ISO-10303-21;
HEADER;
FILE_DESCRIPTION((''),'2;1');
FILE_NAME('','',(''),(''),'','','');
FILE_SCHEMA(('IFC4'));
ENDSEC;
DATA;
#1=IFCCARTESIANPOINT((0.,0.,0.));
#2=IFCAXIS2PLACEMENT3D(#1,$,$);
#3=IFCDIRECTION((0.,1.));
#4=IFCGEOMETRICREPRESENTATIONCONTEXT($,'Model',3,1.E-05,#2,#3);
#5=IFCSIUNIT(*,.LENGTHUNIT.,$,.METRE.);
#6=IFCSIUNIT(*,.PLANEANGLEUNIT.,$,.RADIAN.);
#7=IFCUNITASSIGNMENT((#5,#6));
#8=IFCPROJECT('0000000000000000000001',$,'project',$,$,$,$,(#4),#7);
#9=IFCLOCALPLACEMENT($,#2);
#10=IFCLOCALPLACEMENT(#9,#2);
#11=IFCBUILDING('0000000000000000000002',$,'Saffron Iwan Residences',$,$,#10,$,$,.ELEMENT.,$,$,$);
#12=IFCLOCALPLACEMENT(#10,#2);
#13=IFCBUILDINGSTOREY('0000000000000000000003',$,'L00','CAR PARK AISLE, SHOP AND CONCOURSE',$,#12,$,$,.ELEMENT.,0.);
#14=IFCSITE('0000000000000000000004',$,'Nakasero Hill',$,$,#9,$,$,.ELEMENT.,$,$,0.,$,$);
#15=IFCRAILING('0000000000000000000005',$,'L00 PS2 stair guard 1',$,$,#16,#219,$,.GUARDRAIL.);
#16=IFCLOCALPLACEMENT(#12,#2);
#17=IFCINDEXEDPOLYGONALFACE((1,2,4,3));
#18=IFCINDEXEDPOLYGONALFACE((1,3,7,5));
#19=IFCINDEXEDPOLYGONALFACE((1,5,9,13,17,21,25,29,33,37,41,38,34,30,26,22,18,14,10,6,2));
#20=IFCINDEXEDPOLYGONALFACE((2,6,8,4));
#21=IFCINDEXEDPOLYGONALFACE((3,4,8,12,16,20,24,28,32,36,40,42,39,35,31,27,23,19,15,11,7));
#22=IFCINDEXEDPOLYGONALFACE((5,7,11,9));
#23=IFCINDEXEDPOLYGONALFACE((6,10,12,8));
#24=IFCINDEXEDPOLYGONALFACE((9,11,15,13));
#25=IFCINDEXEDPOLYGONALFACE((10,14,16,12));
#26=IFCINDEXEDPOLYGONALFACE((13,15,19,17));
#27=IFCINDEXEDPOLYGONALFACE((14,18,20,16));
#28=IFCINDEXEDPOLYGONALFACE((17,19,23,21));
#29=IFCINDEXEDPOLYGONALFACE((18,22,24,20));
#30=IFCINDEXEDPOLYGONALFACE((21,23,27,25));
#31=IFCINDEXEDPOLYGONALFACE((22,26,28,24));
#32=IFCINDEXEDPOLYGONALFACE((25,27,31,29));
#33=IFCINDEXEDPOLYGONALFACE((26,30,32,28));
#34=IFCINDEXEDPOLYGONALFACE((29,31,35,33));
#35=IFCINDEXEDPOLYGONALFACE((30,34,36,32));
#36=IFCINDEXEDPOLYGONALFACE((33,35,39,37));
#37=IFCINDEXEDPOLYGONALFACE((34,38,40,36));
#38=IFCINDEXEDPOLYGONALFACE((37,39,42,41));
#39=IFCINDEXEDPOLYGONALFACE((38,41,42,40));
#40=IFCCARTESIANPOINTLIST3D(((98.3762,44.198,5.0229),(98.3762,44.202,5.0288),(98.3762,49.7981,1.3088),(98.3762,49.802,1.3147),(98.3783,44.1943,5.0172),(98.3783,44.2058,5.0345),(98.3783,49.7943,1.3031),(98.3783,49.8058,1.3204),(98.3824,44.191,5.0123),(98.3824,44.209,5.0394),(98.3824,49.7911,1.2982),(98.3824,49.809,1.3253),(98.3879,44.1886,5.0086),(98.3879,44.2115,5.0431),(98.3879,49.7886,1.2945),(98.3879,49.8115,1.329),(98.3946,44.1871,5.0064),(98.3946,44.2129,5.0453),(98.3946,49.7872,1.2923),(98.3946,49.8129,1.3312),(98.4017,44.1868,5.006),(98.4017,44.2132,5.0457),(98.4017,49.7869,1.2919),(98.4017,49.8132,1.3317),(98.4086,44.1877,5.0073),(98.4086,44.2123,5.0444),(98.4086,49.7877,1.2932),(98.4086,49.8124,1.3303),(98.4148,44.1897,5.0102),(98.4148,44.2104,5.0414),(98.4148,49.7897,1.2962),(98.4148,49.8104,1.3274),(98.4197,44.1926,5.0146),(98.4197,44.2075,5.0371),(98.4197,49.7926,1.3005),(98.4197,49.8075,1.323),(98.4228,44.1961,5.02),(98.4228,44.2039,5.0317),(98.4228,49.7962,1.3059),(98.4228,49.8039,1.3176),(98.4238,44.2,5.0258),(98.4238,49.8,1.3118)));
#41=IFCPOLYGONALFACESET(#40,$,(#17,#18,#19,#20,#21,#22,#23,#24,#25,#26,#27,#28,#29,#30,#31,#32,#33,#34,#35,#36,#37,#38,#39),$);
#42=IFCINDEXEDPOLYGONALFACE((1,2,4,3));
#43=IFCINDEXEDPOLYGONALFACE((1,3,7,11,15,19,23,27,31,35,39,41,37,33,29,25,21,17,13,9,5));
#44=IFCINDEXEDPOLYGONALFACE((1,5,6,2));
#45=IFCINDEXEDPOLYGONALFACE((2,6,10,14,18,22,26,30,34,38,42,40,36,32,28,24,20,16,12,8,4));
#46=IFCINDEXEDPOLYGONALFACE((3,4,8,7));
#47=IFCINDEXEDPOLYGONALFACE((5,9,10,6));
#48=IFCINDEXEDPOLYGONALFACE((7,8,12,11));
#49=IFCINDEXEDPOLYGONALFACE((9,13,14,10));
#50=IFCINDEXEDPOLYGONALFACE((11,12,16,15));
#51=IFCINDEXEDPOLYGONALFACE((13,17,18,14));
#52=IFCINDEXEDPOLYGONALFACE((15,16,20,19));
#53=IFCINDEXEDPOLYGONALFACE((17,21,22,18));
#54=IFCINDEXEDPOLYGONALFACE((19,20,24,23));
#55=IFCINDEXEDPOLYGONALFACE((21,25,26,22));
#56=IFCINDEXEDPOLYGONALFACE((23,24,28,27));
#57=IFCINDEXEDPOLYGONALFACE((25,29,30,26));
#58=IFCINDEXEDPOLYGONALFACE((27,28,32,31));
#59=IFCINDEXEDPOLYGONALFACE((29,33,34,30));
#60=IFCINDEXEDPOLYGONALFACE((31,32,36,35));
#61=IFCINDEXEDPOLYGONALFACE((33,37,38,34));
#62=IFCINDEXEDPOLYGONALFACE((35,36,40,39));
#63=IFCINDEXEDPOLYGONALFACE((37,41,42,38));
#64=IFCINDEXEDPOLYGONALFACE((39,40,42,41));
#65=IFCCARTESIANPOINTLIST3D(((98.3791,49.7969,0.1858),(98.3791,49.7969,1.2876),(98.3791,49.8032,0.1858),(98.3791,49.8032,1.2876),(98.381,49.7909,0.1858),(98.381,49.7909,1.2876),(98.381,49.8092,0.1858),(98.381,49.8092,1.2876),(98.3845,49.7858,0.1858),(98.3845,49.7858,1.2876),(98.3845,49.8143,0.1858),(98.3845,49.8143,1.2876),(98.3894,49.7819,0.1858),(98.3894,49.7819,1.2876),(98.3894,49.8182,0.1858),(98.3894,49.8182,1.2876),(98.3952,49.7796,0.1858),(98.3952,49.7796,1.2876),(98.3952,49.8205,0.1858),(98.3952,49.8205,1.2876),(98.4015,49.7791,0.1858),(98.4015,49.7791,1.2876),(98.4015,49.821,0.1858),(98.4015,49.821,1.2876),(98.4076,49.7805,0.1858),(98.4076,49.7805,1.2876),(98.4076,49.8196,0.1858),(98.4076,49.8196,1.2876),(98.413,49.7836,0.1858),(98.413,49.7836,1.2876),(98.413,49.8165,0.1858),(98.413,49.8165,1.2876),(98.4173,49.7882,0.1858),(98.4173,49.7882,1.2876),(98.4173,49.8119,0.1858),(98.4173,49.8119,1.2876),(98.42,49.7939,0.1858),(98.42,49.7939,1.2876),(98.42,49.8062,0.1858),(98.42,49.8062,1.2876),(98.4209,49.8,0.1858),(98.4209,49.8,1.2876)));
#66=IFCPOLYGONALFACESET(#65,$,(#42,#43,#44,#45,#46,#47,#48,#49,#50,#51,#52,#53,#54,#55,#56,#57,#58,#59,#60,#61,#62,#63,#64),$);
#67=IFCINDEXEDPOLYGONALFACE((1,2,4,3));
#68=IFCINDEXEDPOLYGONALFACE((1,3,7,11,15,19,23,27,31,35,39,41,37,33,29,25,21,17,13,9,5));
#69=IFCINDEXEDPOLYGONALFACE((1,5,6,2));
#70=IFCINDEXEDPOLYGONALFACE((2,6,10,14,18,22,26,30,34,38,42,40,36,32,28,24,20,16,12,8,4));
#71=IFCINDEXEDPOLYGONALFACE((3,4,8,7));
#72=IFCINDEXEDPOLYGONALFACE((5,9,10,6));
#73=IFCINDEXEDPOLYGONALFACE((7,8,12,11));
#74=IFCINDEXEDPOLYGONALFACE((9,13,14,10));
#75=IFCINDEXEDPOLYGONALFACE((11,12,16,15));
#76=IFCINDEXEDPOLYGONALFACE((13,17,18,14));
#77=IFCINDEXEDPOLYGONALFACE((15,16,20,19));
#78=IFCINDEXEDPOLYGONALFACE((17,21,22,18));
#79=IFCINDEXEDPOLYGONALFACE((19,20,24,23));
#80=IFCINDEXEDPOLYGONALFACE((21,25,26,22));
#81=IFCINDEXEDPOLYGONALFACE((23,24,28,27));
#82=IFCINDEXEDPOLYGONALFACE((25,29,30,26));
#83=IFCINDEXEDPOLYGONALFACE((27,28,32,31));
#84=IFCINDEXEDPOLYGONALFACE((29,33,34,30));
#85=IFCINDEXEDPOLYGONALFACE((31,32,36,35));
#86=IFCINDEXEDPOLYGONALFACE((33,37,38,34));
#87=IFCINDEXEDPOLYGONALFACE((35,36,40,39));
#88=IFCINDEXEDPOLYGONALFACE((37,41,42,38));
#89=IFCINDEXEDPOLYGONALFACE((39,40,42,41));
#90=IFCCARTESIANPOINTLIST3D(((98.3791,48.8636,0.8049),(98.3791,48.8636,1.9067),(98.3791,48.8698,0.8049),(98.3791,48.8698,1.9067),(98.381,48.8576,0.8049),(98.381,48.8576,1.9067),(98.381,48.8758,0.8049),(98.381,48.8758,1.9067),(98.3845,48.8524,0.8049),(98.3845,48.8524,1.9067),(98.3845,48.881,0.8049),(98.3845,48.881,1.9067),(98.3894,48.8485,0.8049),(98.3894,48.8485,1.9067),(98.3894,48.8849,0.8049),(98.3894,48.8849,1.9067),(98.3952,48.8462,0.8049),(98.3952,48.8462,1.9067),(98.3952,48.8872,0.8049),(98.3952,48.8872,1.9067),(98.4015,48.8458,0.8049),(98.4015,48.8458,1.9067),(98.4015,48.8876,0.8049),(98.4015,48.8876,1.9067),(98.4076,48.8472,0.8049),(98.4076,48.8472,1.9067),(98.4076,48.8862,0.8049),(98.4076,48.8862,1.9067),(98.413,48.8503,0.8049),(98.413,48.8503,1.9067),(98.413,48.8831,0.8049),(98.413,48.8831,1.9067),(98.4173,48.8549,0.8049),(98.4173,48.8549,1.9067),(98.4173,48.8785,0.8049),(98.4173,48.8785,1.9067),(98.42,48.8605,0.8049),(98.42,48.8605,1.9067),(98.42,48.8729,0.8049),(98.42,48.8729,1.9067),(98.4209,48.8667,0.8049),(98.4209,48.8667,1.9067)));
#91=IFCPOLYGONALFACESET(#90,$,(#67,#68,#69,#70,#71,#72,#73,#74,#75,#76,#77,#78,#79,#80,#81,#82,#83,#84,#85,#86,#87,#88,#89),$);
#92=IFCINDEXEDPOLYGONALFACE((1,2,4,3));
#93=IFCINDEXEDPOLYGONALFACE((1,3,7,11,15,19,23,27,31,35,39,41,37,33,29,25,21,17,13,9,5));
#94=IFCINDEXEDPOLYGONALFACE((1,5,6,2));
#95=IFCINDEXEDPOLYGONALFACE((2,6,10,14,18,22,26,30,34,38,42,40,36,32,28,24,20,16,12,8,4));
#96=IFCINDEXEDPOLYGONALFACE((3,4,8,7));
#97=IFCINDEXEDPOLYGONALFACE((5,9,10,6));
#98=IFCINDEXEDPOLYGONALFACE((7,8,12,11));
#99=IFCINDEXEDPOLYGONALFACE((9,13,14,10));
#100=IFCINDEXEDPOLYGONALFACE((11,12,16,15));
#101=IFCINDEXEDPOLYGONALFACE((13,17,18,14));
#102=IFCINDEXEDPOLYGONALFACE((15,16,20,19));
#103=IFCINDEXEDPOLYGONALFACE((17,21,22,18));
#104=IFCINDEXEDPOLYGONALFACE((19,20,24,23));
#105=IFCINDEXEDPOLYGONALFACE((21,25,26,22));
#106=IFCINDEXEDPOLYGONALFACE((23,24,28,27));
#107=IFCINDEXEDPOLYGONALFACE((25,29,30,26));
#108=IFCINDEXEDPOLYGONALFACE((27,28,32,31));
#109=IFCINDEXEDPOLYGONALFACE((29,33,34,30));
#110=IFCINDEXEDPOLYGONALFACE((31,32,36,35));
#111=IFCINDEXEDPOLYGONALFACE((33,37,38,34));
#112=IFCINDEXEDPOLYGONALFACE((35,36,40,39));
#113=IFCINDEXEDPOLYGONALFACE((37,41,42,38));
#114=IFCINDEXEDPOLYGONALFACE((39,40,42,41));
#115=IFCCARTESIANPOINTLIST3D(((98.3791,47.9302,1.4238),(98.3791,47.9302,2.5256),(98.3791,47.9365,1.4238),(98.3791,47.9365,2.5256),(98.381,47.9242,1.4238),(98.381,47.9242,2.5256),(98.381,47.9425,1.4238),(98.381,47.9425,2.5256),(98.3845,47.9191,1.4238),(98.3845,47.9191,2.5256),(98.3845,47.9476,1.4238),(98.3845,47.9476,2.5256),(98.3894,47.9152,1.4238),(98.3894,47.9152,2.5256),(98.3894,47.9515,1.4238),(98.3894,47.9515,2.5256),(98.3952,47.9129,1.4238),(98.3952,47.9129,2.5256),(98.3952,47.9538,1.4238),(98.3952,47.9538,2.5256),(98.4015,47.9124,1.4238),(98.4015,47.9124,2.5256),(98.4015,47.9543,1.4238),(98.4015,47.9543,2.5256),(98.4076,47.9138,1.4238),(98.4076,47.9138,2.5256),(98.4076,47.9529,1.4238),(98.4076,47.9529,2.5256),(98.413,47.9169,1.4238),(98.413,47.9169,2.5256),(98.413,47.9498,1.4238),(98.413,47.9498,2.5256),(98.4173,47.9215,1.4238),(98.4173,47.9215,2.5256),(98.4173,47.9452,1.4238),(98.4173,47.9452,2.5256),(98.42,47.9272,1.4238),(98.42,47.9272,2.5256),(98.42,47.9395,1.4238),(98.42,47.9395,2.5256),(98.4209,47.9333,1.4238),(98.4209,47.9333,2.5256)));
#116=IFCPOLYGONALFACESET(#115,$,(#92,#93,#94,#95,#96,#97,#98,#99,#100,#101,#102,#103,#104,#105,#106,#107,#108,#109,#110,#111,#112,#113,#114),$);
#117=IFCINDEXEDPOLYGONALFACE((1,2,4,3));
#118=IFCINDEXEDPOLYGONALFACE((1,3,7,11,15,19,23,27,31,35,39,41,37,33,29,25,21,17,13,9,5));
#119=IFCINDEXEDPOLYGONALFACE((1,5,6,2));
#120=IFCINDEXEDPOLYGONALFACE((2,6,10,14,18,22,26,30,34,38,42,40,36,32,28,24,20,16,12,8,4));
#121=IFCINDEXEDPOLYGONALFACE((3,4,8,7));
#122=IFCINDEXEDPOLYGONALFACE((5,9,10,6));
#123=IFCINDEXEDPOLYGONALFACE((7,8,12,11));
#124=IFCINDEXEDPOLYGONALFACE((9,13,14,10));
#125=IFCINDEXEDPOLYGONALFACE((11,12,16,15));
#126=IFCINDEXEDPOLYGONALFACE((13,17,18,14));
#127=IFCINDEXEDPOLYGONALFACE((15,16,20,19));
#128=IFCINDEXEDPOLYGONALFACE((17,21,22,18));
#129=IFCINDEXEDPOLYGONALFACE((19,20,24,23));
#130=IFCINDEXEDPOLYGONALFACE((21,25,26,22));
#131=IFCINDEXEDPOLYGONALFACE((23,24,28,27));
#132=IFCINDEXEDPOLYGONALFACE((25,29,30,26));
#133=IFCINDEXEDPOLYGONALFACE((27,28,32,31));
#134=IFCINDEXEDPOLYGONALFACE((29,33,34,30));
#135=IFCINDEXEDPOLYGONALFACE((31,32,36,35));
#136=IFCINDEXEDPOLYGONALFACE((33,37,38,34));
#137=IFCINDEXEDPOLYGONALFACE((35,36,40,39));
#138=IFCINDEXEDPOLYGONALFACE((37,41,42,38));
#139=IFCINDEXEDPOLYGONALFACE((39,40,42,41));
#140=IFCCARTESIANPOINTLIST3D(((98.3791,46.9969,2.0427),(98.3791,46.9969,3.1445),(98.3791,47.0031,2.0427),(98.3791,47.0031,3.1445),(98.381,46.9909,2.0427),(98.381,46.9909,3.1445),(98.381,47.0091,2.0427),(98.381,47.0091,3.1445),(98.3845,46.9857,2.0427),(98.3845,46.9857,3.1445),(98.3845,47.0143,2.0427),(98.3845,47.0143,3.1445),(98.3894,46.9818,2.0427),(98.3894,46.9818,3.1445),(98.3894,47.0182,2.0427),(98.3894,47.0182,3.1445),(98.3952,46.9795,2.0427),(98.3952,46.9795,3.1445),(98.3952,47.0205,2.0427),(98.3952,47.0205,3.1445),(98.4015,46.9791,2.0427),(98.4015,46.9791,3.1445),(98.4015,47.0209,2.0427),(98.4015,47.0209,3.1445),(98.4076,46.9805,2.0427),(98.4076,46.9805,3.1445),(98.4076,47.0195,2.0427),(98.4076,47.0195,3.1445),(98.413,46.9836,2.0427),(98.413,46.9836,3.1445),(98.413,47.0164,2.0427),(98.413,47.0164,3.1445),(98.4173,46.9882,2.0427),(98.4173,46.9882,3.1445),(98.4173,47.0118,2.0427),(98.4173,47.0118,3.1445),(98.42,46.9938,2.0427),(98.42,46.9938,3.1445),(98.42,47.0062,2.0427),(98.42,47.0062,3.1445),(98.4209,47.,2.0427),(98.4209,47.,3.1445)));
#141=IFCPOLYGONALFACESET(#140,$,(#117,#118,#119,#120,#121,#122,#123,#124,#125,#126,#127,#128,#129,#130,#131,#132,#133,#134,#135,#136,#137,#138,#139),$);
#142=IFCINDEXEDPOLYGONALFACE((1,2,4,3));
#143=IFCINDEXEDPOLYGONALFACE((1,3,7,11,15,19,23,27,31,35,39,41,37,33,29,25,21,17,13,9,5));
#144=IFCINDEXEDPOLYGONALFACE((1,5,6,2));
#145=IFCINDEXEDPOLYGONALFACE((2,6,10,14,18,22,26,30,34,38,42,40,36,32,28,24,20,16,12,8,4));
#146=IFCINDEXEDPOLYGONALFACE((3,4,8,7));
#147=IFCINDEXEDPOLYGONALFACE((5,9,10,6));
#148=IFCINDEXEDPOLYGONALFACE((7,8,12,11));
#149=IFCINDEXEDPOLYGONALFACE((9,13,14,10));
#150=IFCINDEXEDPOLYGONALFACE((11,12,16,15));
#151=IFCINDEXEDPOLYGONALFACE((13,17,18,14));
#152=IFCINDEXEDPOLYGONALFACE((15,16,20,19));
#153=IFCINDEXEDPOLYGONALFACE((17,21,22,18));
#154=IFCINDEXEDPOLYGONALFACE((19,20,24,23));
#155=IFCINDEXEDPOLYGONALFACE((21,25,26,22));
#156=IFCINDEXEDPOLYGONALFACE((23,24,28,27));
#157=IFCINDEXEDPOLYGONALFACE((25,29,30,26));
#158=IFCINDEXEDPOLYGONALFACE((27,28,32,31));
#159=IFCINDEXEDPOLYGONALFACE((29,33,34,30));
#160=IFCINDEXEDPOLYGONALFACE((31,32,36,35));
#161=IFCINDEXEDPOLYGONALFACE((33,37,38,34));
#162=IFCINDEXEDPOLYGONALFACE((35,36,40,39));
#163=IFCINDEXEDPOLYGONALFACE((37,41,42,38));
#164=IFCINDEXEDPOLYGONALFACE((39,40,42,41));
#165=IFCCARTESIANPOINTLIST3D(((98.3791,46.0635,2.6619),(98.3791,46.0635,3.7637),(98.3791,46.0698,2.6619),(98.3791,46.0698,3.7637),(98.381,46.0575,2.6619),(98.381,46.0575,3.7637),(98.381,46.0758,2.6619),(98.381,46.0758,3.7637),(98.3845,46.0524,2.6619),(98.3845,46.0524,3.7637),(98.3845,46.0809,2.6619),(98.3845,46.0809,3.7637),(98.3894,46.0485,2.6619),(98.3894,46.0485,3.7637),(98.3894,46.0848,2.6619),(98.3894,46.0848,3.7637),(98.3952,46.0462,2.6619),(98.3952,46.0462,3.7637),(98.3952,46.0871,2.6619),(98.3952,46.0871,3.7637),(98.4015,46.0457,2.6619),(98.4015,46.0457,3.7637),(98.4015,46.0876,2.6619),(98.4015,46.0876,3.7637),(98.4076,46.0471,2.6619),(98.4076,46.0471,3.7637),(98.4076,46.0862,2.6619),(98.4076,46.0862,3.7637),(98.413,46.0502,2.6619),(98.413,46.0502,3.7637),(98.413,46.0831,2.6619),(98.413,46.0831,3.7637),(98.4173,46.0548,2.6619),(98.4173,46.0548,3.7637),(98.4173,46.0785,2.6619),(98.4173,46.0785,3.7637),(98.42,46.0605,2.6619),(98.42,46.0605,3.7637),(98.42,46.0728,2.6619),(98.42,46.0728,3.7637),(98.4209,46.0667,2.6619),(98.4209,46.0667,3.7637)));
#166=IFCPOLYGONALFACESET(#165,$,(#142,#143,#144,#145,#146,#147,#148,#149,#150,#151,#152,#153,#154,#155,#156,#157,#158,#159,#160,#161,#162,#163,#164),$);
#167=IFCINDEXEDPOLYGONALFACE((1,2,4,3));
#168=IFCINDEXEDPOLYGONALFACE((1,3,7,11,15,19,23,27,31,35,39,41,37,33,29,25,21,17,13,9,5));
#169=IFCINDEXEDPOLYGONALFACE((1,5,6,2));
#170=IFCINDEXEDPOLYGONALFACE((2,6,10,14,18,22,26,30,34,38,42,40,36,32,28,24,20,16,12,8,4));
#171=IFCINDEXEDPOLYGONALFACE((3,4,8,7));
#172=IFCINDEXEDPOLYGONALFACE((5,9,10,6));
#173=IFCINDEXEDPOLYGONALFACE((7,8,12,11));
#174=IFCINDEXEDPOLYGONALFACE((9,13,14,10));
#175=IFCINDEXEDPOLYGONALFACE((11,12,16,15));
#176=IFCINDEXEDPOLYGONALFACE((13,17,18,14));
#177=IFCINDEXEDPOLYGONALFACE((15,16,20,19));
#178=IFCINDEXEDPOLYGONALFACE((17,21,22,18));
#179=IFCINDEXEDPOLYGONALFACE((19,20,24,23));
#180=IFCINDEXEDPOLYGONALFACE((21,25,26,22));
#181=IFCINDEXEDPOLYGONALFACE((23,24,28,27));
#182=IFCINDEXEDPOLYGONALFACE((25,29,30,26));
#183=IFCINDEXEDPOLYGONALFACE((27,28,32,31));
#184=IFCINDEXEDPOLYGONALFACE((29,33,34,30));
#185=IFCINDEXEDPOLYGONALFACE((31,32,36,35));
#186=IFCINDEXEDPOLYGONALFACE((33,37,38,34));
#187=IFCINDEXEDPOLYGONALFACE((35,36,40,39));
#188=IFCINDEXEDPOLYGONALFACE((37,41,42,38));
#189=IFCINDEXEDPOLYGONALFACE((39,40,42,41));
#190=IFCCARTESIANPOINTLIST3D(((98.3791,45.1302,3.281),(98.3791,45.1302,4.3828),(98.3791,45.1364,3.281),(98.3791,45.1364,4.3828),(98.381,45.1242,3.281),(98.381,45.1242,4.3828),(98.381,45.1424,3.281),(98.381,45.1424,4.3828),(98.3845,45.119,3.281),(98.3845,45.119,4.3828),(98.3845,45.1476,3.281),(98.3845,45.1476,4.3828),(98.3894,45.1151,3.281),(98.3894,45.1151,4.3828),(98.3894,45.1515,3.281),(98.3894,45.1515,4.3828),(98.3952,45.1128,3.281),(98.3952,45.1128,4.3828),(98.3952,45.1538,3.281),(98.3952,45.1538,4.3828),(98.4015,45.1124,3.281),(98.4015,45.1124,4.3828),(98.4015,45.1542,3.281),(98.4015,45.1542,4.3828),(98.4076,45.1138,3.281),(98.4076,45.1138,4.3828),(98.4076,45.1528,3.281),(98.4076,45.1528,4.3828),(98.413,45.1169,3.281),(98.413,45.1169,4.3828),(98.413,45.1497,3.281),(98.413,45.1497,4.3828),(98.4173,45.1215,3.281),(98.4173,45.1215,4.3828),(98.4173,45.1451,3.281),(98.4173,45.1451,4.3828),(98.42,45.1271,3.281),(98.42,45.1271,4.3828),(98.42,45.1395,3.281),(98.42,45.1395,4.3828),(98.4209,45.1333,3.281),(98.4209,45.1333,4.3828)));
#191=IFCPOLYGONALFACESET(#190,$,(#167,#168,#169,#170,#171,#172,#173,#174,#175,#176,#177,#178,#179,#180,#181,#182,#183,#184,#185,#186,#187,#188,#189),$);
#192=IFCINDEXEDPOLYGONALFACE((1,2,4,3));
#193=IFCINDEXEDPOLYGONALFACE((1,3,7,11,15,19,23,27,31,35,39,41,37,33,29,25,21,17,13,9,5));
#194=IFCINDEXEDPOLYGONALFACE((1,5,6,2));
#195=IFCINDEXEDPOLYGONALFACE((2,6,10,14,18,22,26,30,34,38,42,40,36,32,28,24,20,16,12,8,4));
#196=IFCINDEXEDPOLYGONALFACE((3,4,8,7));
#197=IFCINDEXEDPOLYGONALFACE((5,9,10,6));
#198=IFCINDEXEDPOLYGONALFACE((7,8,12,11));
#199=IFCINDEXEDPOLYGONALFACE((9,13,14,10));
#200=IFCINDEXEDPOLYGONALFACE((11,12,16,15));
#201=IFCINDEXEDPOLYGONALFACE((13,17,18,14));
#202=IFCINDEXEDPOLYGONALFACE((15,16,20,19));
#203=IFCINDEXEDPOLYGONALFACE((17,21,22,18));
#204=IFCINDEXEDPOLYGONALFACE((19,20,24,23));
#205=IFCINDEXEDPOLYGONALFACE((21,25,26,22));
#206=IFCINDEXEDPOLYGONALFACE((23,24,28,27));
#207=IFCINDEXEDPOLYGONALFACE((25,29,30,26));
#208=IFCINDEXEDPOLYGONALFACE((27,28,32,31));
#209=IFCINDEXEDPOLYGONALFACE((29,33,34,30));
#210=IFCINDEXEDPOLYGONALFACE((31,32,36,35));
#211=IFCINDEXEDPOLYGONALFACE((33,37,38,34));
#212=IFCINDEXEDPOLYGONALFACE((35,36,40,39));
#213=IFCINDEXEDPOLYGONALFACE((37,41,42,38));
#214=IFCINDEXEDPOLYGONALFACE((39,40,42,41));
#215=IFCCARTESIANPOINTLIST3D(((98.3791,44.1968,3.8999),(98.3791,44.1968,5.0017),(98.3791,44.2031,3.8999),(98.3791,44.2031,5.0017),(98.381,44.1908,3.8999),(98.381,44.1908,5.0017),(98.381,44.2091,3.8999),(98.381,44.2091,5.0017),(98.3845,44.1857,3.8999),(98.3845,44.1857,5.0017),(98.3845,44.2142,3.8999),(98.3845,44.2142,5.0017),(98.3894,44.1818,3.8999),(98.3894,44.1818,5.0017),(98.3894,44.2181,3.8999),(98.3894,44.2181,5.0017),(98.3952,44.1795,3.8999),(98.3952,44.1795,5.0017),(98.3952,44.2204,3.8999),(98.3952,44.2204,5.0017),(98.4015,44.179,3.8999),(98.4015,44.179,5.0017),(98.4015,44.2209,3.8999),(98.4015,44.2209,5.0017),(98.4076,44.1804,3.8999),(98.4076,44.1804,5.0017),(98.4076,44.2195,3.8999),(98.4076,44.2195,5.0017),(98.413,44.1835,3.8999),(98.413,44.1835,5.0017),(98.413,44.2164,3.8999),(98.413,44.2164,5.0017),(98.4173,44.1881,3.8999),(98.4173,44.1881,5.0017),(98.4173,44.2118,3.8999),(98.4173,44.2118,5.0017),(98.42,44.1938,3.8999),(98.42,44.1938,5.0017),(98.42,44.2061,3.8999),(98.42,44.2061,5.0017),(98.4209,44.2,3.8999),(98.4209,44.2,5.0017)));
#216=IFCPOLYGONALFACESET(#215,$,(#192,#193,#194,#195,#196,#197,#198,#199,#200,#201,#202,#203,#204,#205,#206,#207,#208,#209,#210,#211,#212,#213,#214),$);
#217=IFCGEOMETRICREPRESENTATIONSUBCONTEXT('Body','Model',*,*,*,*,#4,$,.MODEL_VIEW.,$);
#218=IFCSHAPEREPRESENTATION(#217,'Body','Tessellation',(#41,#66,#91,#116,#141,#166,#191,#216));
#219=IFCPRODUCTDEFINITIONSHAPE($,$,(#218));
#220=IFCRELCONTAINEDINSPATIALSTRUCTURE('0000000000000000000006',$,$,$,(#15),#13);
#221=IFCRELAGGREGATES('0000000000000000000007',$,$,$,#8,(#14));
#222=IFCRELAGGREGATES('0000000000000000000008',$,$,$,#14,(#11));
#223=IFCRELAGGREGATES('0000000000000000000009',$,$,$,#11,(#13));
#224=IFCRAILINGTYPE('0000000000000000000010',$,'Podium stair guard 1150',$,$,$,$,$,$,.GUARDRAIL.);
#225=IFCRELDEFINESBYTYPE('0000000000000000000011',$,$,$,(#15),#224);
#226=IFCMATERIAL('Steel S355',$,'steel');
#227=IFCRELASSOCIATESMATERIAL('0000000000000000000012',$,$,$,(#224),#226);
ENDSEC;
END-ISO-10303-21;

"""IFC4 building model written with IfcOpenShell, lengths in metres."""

from ifc_helpers import new_model, si_unit, direction, frame, origin, origin_2d, place, context, subcontext, project, spatial, circle, extrude, material, type_object, element, save


model = new_model("IFC4")

# Units and contexts
model_context = context("Model", 3, precision=1e-05, world=origin(), true_north=direction((0.0, 1.0)))
body_context = subcontext(model_context, "Body", "Model", "MODEL_VIEW")
ifc_project = project(units=[si_unit("LENGTHUNIT", "METRE"), si_unit("PLANEANGLEUNIT", "RADIAN")], contexts=[model_context])

# Site, building, storey
site_placement = place(None, origin())
site = spatial("IfcSite", under=ifc_project, at=site_placement, Name="Nakasero Hill", CompositionType="ELEMENT", RefElevation=0.0)
building_placement = place(site_placement, origin())
building = spatial("IfcBuilding", under=site, at=building_placement, Name="Saffron Iwan Residences", CompositionType="ELEMENT")
storey_placement = place(building_placement, origin())
storey = spatial("IfcBuildingStorey", under=building, at=storey_placement, Name="L00", Description="CAR PARK AISLE, SHOP AND CONCOURSE", CompositionType="ELEMENT", Elevation=0.0)

# Railing
ifc_material_1 = material(Name="Steel S355", Category="steel")
railing_type_1 = type_object("IfcRailingType", Name="Podium stair guard 1150", PredefinedType="GUARDRAIL", material=ifc_material_1)
railing_1_placement = place(storey_placement, frame((98.3999, 49.8, 0.1858)))
element("IfcRailing", 1, at=railing_1_placement, inside=storey, type_object=railing_type_1, Name="L00 PS2 stair guard 1", PredefinedType="GUARDRAIL", context=body_context, shape_type="SweptSolid", body=[
    extrude(circle(Radius=0.0239, at=origin_2d()), frame((0.0, 0.0, 1.126), z_axis=(0.0, -0.833373, 0.552712), x_axis=(1.0, 0.0, 0.0)), (0.0, 0.0, 1.0), 6.7197),
    extrude(circle(Radius=0.021, at=origin_2d()), origin(), (0.0, 0.0, 1.0), 1.1018),
    extrude(circle(Radius=0.021, at=origin_2d()), frame((0.0, -0.9333, 0.6191)), (0.0, 0.0, 1.0), 1.1018),
    extrude(circle(Radius=0.021, at=origin_2d()), frame((0.0, -1.8667, 1.238)), (0.0, 0.0, 1.0), 1.1018),
    extrude(circle(Radius=0.021, at=origin_2d()), frame((0.0, -2.8, 1.8569)), (0.0, 0.0, 1.0), 1.1018),
    extrude(circle(Radius=0.021, at=origin_2d()), frame((0.0, -3.7334, 2.4761)), (0.0, 0.0, 1.0), 1.1018),
    extrude(circle(Radius=0.021, at=origin_2d()), frame((0.0, -4.6667, 3.0952)), (0.0, 0.0, 1.0), 1.1018),
    extrude(circle(Radius=0.021, at=origin_2d()), frame((0.0, -5.6001, 3.7141)), (0.0, 0.0, 1.0), 1.1018),
])

save(model, "model.ifc")
